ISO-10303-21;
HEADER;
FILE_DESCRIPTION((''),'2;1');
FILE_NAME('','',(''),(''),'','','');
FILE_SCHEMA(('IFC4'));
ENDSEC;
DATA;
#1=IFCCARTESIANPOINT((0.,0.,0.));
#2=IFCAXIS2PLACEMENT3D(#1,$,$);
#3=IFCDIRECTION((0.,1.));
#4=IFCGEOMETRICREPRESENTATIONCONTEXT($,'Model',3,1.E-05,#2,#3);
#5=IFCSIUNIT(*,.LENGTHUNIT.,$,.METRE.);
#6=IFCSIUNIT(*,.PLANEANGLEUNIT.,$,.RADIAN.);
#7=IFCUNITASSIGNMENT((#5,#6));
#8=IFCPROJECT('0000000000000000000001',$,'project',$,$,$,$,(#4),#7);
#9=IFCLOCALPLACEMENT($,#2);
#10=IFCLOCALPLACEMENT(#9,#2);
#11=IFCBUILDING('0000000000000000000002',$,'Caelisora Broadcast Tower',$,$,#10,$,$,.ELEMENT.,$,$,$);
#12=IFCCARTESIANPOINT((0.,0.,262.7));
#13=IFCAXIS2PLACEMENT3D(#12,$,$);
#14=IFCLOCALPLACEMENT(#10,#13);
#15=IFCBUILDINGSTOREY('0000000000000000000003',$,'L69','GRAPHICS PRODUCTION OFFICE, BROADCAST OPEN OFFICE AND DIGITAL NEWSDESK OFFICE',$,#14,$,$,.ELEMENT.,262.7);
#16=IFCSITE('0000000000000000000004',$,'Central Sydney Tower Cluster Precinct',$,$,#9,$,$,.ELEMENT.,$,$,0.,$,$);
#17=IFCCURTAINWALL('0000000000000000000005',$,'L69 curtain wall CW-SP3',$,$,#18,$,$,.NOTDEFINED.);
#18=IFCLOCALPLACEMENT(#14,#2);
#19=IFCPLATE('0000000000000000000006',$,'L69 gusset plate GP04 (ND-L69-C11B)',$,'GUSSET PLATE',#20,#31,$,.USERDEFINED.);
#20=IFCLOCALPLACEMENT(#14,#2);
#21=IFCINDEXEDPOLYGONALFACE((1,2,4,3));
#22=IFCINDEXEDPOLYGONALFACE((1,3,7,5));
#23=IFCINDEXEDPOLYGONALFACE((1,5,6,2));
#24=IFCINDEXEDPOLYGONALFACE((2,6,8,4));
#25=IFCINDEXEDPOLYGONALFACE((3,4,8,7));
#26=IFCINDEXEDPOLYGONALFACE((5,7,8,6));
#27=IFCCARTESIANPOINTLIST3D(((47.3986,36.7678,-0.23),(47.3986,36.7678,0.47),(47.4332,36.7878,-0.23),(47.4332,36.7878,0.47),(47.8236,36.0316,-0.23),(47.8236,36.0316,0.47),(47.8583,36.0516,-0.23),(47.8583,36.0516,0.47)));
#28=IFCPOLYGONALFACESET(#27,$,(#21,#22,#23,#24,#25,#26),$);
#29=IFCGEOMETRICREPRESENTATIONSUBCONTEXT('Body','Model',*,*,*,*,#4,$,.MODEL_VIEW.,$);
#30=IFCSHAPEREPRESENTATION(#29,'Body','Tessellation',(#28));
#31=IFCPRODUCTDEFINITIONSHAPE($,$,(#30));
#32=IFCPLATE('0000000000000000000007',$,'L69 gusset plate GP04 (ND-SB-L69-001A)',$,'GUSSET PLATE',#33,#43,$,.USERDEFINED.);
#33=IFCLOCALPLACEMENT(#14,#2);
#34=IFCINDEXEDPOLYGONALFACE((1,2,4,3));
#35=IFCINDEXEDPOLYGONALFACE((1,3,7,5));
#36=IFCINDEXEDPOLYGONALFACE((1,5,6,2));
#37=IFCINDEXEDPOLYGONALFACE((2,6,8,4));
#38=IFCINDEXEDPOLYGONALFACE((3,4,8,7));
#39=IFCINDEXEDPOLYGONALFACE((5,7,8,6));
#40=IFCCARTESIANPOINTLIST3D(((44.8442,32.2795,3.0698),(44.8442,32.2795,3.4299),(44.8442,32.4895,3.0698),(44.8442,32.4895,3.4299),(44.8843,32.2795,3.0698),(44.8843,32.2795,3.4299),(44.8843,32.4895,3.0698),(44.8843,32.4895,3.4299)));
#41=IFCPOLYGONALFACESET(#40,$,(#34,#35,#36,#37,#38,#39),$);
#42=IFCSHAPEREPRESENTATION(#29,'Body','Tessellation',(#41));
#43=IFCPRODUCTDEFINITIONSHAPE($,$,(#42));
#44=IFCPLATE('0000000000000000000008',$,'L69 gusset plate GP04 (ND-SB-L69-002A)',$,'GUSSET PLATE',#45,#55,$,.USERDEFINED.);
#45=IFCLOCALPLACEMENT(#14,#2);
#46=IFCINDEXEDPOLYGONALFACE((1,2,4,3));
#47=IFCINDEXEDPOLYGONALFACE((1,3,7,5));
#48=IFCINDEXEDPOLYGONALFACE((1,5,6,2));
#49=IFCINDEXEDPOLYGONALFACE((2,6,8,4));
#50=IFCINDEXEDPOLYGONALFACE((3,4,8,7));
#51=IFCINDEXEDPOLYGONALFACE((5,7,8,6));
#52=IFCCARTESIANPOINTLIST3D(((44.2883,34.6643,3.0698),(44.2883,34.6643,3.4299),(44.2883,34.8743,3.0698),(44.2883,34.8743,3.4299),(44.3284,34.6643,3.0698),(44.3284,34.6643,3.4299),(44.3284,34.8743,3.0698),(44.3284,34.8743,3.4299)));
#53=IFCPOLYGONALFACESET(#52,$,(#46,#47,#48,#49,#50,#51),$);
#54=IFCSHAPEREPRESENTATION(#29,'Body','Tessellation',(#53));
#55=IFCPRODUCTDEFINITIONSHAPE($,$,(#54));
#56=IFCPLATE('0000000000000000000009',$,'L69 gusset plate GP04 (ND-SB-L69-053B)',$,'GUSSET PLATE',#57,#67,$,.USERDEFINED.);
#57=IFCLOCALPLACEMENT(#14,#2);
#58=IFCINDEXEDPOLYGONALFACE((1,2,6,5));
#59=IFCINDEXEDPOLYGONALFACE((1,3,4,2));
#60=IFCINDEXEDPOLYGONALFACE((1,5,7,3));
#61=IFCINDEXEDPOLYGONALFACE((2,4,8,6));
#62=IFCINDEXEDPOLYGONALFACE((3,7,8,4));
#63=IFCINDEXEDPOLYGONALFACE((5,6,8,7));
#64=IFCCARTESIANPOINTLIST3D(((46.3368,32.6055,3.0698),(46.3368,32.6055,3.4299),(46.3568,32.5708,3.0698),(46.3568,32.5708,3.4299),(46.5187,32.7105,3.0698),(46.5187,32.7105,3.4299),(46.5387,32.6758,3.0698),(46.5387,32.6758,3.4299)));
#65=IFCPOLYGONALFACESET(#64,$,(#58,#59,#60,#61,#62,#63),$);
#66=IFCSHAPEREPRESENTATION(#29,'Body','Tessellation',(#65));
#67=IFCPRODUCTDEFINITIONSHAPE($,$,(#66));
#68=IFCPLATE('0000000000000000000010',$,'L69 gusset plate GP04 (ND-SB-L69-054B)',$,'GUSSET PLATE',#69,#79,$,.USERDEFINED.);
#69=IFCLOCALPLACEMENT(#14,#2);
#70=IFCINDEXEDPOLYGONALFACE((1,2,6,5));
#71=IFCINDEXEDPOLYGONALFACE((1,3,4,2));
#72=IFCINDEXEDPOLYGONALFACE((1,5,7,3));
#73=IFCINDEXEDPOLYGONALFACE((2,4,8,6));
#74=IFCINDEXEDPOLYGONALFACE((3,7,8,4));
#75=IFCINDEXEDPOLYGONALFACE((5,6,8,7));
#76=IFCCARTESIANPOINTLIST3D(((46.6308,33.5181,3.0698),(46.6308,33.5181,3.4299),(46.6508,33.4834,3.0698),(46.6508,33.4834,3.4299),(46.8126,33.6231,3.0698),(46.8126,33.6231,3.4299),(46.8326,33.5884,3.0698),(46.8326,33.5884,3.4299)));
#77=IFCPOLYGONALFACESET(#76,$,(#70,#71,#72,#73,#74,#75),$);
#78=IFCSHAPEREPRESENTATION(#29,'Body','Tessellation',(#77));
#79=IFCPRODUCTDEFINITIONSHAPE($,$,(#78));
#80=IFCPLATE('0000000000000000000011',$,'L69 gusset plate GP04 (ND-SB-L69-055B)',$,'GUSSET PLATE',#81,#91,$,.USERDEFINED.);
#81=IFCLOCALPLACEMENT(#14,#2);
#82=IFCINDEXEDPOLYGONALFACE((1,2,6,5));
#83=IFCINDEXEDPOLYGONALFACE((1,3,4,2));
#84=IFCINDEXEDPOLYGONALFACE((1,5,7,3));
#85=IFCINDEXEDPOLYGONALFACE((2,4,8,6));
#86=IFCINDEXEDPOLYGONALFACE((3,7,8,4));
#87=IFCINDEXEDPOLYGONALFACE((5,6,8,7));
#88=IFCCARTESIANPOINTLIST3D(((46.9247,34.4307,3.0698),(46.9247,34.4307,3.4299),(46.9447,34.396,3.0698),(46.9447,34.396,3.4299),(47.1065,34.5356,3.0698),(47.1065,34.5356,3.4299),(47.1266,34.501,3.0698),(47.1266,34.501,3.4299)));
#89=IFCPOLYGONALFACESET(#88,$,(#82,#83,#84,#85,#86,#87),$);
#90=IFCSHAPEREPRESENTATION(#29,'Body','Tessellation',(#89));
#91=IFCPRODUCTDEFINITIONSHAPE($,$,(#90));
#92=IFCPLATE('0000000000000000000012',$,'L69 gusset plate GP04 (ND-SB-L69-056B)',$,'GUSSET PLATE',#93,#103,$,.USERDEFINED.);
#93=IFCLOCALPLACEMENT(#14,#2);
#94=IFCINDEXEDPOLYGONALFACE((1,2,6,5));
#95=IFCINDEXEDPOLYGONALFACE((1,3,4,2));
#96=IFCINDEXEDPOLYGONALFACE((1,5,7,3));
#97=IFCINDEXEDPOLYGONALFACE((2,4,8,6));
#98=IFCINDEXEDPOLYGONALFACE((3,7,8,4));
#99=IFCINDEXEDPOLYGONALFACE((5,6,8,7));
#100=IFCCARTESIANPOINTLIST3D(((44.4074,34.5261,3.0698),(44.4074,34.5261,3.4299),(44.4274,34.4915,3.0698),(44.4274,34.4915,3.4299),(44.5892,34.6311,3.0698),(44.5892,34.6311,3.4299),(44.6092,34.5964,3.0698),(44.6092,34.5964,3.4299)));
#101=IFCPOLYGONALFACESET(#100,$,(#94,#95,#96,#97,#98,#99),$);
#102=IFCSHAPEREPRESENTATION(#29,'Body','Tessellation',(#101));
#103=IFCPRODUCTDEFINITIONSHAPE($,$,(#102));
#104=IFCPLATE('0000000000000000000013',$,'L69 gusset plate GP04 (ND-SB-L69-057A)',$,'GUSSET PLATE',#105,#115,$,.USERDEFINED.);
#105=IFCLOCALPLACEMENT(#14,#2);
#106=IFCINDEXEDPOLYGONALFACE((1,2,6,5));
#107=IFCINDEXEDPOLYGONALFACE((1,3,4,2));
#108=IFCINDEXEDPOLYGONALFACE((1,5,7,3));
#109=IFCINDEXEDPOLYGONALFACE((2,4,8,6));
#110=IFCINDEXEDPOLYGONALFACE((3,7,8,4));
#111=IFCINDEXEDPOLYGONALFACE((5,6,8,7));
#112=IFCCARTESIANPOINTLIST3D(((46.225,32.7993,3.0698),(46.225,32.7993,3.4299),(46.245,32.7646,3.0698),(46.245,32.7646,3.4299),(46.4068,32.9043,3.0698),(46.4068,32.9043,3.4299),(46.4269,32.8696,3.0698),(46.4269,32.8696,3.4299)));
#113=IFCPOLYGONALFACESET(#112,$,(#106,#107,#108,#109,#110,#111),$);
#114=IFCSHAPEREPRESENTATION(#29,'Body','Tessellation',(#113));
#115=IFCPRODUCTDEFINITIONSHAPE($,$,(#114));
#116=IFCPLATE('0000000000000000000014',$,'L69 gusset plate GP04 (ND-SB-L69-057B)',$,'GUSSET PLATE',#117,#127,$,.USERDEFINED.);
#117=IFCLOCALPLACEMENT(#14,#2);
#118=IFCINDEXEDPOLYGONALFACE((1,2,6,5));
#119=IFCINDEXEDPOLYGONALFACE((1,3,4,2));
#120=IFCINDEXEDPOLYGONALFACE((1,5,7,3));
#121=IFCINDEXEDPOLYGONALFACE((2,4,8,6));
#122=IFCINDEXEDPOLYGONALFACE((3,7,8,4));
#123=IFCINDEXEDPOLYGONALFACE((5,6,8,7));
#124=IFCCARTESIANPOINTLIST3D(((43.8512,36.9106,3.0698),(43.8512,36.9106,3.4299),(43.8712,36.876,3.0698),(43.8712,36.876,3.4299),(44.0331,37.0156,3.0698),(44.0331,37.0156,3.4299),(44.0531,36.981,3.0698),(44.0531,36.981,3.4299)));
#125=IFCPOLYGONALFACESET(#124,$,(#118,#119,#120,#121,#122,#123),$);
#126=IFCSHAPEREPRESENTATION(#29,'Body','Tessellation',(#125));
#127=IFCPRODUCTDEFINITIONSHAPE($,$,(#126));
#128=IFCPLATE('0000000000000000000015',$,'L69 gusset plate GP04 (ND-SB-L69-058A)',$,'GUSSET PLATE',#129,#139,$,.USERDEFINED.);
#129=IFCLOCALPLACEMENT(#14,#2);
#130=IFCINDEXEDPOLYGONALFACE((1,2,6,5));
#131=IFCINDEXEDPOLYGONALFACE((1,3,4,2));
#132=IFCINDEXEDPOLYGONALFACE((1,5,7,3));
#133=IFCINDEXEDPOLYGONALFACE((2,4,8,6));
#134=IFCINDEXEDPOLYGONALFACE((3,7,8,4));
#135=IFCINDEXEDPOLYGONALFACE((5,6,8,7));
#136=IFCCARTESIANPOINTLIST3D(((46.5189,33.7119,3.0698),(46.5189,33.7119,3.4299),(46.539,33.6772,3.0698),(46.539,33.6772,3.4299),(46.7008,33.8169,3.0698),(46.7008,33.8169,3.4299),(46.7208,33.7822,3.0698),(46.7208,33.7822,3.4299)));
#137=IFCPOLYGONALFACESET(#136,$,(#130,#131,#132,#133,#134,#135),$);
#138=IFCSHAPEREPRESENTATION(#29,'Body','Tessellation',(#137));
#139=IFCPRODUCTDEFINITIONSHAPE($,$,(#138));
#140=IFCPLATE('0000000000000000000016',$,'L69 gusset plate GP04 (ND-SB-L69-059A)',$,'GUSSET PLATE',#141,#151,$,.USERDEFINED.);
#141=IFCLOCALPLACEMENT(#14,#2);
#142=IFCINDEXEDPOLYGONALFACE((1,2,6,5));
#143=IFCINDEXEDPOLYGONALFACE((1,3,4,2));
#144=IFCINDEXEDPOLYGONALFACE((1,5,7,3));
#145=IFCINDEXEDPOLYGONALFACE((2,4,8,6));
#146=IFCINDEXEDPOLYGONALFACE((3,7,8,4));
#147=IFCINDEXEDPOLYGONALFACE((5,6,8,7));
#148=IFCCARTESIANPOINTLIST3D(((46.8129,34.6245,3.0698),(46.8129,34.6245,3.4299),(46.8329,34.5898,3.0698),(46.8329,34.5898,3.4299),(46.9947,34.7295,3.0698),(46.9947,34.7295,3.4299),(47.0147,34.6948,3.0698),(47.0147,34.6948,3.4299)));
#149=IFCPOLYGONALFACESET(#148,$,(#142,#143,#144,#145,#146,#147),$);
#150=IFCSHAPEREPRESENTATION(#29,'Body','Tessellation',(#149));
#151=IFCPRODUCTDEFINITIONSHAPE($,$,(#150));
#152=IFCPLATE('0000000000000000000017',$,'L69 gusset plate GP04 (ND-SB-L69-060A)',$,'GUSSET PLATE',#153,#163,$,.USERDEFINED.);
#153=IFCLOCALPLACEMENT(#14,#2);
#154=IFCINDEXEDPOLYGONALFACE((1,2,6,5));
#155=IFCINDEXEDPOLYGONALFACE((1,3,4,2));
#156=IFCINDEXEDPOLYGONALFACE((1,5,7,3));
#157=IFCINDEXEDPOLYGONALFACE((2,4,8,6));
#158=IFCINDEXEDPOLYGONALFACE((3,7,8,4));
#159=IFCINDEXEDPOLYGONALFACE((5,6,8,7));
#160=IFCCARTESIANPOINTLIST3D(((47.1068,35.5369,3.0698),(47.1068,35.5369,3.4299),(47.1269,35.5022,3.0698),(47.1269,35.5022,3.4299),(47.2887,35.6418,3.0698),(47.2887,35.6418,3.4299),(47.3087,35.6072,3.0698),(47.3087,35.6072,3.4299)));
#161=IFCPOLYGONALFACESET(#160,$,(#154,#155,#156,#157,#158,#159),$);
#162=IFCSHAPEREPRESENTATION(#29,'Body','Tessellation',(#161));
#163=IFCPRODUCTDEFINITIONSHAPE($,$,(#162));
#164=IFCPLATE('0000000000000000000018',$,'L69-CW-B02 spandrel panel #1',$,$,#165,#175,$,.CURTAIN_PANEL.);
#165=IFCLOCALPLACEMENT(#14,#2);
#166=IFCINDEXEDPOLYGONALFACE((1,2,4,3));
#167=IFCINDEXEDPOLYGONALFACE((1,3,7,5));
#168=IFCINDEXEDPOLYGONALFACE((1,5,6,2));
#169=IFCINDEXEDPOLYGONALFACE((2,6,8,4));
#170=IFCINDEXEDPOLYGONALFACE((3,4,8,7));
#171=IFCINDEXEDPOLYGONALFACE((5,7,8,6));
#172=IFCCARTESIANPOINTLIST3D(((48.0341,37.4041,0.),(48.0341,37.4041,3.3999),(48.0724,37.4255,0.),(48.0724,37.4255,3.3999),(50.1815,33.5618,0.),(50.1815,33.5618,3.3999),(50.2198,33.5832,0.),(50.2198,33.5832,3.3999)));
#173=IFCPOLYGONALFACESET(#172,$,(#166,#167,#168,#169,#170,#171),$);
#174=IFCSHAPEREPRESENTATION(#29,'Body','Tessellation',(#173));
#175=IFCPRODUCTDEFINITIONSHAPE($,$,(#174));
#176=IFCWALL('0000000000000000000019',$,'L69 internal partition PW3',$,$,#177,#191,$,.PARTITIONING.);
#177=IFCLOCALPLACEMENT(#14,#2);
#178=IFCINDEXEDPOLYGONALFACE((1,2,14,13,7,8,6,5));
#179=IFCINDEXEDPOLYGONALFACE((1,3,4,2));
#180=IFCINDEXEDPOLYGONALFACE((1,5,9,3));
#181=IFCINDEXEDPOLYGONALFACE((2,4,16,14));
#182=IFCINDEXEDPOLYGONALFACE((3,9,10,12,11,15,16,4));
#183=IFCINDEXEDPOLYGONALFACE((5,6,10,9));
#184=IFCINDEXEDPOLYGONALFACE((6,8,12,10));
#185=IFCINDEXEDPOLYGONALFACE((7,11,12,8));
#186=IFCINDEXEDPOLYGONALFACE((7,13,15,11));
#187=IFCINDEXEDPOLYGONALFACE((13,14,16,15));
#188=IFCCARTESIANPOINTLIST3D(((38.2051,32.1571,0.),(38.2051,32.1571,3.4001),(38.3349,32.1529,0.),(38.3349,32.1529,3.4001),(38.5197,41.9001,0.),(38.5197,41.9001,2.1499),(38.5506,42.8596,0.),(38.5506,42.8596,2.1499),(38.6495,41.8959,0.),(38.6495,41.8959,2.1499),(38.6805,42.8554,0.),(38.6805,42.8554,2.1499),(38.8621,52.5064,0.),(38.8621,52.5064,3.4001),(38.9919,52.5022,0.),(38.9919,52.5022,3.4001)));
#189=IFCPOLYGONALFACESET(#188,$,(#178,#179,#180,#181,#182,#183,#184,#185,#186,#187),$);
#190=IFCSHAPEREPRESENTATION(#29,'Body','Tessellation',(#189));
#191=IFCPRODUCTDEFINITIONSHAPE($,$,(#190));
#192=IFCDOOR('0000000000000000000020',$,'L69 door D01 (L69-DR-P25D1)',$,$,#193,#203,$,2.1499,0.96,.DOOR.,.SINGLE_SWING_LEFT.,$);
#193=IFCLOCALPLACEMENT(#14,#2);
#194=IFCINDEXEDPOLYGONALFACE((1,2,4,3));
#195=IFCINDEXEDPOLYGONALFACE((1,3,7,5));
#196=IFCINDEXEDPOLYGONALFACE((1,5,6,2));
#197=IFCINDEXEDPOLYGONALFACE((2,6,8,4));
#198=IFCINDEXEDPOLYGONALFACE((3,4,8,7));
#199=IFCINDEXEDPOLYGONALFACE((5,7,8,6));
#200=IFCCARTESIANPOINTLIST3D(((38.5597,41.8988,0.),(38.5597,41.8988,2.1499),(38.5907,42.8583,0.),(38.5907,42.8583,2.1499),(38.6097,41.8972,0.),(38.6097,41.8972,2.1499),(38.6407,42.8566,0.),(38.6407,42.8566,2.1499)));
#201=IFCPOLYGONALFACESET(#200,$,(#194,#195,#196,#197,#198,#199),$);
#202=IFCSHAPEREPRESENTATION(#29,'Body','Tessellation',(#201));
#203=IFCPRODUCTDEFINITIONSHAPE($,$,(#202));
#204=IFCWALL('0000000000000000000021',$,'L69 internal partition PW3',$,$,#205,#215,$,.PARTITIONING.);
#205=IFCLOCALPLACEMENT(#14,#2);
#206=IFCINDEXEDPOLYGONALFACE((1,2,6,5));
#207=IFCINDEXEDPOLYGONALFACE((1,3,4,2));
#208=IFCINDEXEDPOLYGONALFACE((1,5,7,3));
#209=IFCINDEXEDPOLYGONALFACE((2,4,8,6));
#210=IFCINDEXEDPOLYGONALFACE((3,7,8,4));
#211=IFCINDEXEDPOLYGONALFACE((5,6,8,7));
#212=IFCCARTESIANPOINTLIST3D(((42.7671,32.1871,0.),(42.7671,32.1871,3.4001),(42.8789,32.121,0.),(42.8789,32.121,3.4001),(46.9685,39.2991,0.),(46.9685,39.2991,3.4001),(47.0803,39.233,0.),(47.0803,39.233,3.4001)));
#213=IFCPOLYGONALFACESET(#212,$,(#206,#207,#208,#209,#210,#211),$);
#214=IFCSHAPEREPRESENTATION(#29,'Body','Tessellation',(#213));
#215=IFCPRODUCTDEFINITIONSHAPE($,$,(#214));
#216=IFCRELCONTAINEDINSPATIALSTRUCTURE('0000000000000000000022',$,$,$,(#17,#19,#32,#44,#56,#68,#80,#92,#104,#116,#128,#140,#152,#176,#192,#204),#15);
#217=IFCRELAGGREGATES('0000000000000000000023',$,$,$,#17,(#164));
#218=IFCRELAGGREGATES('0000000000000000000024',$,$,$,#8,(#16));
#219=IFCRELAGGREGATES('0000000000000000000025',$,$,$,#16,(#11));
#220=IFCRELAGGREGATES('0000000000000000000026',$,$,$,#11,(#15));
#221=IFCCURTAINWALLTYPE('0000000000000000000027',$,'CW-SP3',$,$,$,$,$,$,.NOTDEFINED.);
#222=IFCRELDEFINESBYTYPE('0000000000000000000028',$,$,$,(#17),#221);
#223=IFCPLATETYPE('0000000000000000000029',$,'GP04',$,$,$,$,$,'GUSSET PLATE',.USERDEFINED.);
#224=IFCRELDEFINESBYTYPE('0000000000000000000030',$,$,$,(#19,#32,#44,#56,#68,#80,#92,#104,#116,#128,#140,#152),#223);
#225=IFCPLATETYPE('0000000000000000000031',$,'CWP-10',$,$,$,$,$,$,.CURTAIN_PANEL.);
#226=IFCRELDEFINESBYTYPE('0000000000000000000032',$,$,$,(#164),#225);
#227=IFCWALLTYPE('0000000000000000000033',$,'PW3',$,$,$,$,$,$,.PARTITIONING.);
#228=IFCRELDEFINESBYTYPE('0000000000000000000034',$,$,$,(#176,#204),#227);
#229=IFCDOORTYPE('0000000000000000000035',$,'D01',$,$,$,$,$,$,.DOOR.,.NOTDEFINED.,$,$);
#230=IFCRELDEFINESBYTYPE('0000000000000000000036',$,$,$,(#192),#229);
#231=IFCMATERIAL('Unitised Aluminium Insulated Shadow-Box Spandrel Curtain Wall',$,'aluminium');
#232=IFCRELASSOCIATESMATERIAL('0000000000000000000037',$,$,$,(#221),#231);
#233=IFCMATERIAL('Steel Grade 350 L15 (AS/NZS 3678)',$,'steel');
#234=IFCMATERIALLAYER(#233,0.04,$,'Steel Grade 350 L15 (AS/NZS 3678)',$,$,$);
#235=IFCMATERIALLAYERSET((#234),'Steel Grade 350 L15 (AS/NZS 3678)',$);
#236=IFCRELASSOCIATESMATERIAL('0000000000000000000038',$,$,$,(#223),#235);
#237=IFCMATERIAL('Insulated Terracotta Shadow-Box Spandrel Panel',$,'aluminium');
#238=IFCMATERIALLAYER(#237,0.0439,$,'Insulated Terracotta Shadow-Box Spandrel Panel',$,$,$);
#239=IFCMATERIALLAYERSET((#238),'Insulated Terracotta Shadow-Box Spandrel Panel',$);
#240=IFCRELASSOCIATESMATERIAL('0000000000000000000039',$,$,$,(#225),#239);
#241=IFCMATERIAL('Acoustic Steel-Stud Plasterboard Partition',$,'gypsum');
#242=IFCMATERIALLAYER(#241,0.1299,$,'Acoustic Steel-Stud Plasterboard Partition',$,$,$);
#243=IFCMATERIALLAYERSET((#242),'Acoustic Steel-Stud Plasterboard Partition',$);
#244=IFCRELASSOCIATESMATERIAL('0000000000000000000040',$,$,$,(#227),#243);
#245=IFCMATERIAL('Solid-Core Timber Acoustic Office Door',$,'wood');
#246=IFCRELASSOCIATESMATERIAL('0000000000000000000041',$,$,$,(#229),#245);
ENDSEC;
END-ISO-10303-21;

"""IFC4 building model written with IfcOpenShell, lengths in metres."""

from ifc_helpers import new_model, si_unit, direction, frame, frame_2d, origin, origin_2d, place, context, subcontext, project, spatial, rectangle, extrude, source, transform, mapped, material, layer, layer_set, type_object, type_shapes, element, fill, aggregate, save


model = new_model("IFC4")

# Units and contexts
model_context = context("Model", 3, precision=1e-05, world=origin(), true_north=direction((0.0, 1.0)))
body_context = subcontext(model_context, "Body", "Model", "MODEL_VIEW")
ifc_project = project(units=[si_unit("LENGTHUNIT", "METRE"), si_unit("PLANEANGLEUNIT", "RADIAN")], contexts=[model_context])

# Site, building, storey
site_placement = place(None, origin())
site = spatial("IfcSite", under=ifc_project, at=site_placement, Name="Central Sydney Tower Cluster Precinct", CompositionType="ELEMENT", RefElevation=0.0)
building_placement = place(site_placement, origin())
building = spatial("IfcBuilding", under=site, at=building_placement, Name="Caelisora Broadcast Tower", CompositionType="ELEMENT")
storey_placement = place(building_placement, frame((0.0, 0.0, 262.7)))
storey = spatial("IfcBuildingStorey", under=building, at=storey_placement, Name="L69", Description="GRAPHICS PRODUCTION OFFICE, BROADCAST OPEN OFFICE AND DIGITAL NEWSDESK OFFICE", CompositionType="ELEMENT", Elevation=262.7)

# Shared definitions
ifc_material_1 = material(Name="Steel Grade 350 L15 (AS/NZS 3678)", Category="steel")

# Curtain wall
ifc_material_2 = material(Name="Unitised Aluminium Insulated Shadow-Box Spandrel Curtain Wall", Category="aluminium")
curtain_wall_type = type_object("IfcCurtainWallType", Name="CW-SP3", PredefinedType="NOTDEFINED", material=ifc_material_2)
curtain_wall_placement = place(storey_placement, origin())
curtain_wall = element("IfcCurtainWall", 1, at=curtain_wall_placement, inside=storey, type_object=curtain_wall_type, Name="L69 curtain wall CW-SP3", PredefinedType="NOTDEFINED")

# Plates
ifc_layer_1 = layer(ifc_material_1, 0.04, Name="Steel Grade 350 L15 (AS/NZS 3678)")
ifc_layer_set_1 = layer_set([ifc_layer_1], Name="Steel Grade 350 L15 (AS/NZS 3678)")
plate_type_1 = type_object("IfcPlateType", Name="GP04", ElementType="GUSSET PLATE", PredefinedType="USERDEFINED", material=ifc_layer_set_1)
shared_shape_1 = source(origin(), body_context, "Body", "SweptSolid", [
    extrude(rectangle(XDim=0.8501, YDim=0.04, at=origin_2d()), origin(), (0.0, 0.0, 1.0), 0.7),
])
plate_1_placement = place(storey_placement, frame((47.6284, 36.4097, -0.23), z_axis=(0.0, 0.0, 1.0), x_axis=(-0.5, 0.866025, 0.0)))
element("IfcPlate", 2, at=plate_1_placement, inside=storey, type_object=plate_type_1, Name="L69 gusset plate GP04 (ND-L69-C11B)", ObjectType="GUSSET PLATE", PredefinedType="USERDEFINED", context=body_context, shape_type="MappedRepresentation", body=[
    mapped(shared_shape_1, transform((0.0, 0.0, 0.0), scale=1.0)),
])
shared_shape_2 = source(origin(), body_context, "Body", "SweptSolid", [
    extrude(rectangle(XDim=0.21, YDim=0.04, at=origin_2d()), origin(), (0.0, 0.0, 1.0), 0.3601),
])
type_shapes(plate_type_1, [shared_shape_1, shared_shape_2])
for number, where, z_axis, x_axis, name in (
    (3, (44.8643, 32.3845, 3.0698), (0.0, 0.0, 1.0), (0.0, -1.0, 0.0), "L69 gusset plate GP04 (ND-SB-L69-001A)"),
    (4, (44.3083, 34.7693, 3.0698), (0.0, 0.0, 1.0), (0.0, -1.0, 0.0), "L69 gusset plate GP04 (ND-SB-L69-002A)"),
    (5, (46.4377, 32.6406, 3.0698), (0.0, 0.0, 1.0), (-0.866025, -0.5, 0.0), "L69 gusset plate GP04 (ND-SB-L69-053B)"),
    (6, (46.7317, 33.5532, 3.0698), (0.0, 0.0, 1.0), (-0.866025, -0.5, 0.0), "L69 gusset plate GP04 (ND-SB-L69-054B)"),
    (7, (47.0256, 34.4658, 3.0698), (0.0, 0.0, 1.0), (-0.866025, -0.5, 0.0), "L69 gusset plate GP04 (ND-SB-L69-055B)"),
    (8, (44.5083, 34.5613, 3.0698), (0.0, 0.0, 1.0), (-0.866025, -0.5, 0.0), "L69 gusset plate GP04 (ND-SB-L69-056B)"),
    (9, (46.3259, 32.8345, 3.0698), (0.0, 0.0, 1.0), (-0.866025, -0.5, 0.0), "L69 gusset plate GP04 (ND-SB-L69-057A)"),
    (10, (43.9521, 36.9458, 3.0698), (0.0, 0.0, 1.0), (-0.866025, -0.5, 0.0), "L69 gusset plate GP04 (ND-SB-L69-057B)"),
    (11, (46.6199, 33.7471, 3.0698), (0.0, 0.0, 1.0), (-0.866025, -0.5, 0.0), "L69 gusset plate GP04 (ND-SB-L69-058A)"),
    (12, (46.9138, 34.6597, 3.0698), (0.0, 0.0, 1.0), (-0.866025, -0.5, 0.0), "L69 gusset plate GP04 (ND-SB-L69-059A)"),
    (13, (47.2078, 35.572, 3.0698), (0.0, 0.0, 1.0), (-0.866025, -0.5, 0.0), "L69 gusset plate GP04 (ND-SB-L69-060A)"),
):
    element("IfcPlate", number, at=place(storey_placement, frame(where, z_axis=z_axis, x_axis=x_axis)), inside=storey, type_object=plate_type_1, Name=name, ObjectType="GUSSET PLATE", PredefinedType="USERDEFINED", context=body_context, shape_type="MappedRepresentation", body=[
        mapped(shared_shape_2, transform((0.0, 0.0, 0.0), scale=1.0)),
    ])

# Plate
ifc_material_3 = material(Name="Insulated Terracotta Shadow-Box Spandrel Panel", Category="aluminium")
ifc_layer_2 = layer(ifc_material_3, 0.0439, Name="Insulated Terracotta Shadow-Box Spandrel Panel")
ifc_layer_set_2 = layer_set([ifc_layer_2], Name="Insulated Terracotta Shadow-Box Spandrel Panel")
plate_type_2 = type_object("IfcPlateType", Name="CWP-10", PredefinedType="CURTAIN_PANEL", material=ifc_layer_set_2)
shared_shape_3 = source(origin(), body_context, "Body", "SweptSolid", [
    extrude(rectangle(XDim=4.4016, YDim=0.0439, at=origin_2d()), origin(), (0.0, 0.0, 1.0), 3.3999),
])
type_shapes(plate_type_2, [shared_shape_3])
plate_2_placement = place(storey_placement, frame((49.127, 35.4937, 0.0), z_axis=(0.0, 0.0, 1.0), x_axis=(0.48786, -0.872922, 0.0)))
plate_2 = element("IfcPlate", 14, at=plate_2_placement, type_object=plate_type_2, Name="L69-CW-B02 spandrel panel #1", PredefinedType="CURTAIN_PANEL", context=body_context, shape_type="MappedRepresentation", body=[
    mapped(shared_shape_3, transform((0.0, 0.0, 0.0), scale=1.0)),
])
aggregate(curtain_wall, [plate_2])

# Wall, opening, door
ifc_material_4 = material(Name="Acoustic Steel-Stud Plasterboard Partition", Category="gypsum")
ifc_layer_3 = layer(ifc_material_4, 0.1299, Name="Acoustic Steel-Stud Plasterboard Partition")
ifc_layer_set_3 = layer_set([ifc_layer_3], Name="Acoustic Steel-Stud Plasterboard Partition")
wall_type_1 = type_object("IfcWallType", Name="PW3", PredefinedType="PARTITIONING", material=ifc_layer_set_3)
wall_1_placement = place(storey_placement, frame((38.27, 32.155, 0.0), z_axis=(0.0, 0.0, 1.0), x_axis=(0.032268, 0.999479, 0.0)))
wall_1 = element("IfcWall", 15, at=wall_1_placement, inside=storey, type_object=wall_type_1, Name="L69 internal partition PW3", PredefinedType="PARTITIONING", context=body_context, shape_type="SweptSolid", body=[
    extrude(rectangle(XDim=20.3599, YDim=0.1299, at=frame_2d((10.1799, 0.0))), origin(), (0.0, 0.0, 1.0), 3.4001),
])
opening_1_placement = place(wall_1_placement, frame((9.748, 0.0, 0.0)))
opening_1 = element("IfcOpeningElement", 16, at=opening_1_placement, cuts=wall_1, PredefinedType="OPENING", context=body_context, shape_type="SweptSolid", body=[
    extrude(rectangle(XDim=0.96, YDim=2.1499, at=frame_2d((0.48, 1.075))), frame((0.0, 0.0769, 0.0), z_axis=(0.0, -1.0, 0.0), x_axis=(1.0, 0.0, 0.0)), (0.0, 0.0, 1.0), 0.1538),
])
ifc_material_5 = material(Name="Solid-Core Timber Acoustic Office Door", Category="wood")
door_type = type_object("IfcDoorType", Name="D01", OperationType="NOTDEFINED", PredefinedType="DOOR", material=ifc_material_5)
door_1_placement = place(opening_1_placement, origin())
door_1 = element("IfcDoor", 17, at=door_1_placement, inside=storey, type_object=door_type, Name="L69 door D01 (L69-DR-P25D1)", OperationType="SINGLE_SWING_LEFT", OverallHeight=2.1499, OverallWidth=0.96, PredefinedType="DOOR", context=body_context, shape_type="SweptSolid", body=[
    extrude(rectangle(XDim=0.96, YDim=2.1499, at=frame_2d((0.48, 1.075))), frame((0.0, 0.0249, 0.0), z_axis=(0.0, -1.0, 0.0), x_axis=(1.0, 0.0, 0.0)), (0.0, 0.0, 1.0), 0.05),
])
fill(opening_1, door_1)

# Wall
wall_2_placement = place(storey_placement, frame((42.823, 32.1541, 0.0), z_axis=(0.0, 0.0, 1.0), x_axis=(0.508625, 0.860988, 0.0)))
element("IfcWall", 18, at=wall_2_placement, inside=storey, type_object=wall_type_1, Name="L69 internal partition PW3", PredefinedType="PARTITIONING", context=body_context, shape_type="SweptSolid", body=[
    extrude(rectangle(XDim=8.2603, YDim=0.1299, at=frame_2d((4.1301, 0.0))), origin(), (0.0, 0.0, 1.0), 3.4001),
])

save(model, "model.ifc")
